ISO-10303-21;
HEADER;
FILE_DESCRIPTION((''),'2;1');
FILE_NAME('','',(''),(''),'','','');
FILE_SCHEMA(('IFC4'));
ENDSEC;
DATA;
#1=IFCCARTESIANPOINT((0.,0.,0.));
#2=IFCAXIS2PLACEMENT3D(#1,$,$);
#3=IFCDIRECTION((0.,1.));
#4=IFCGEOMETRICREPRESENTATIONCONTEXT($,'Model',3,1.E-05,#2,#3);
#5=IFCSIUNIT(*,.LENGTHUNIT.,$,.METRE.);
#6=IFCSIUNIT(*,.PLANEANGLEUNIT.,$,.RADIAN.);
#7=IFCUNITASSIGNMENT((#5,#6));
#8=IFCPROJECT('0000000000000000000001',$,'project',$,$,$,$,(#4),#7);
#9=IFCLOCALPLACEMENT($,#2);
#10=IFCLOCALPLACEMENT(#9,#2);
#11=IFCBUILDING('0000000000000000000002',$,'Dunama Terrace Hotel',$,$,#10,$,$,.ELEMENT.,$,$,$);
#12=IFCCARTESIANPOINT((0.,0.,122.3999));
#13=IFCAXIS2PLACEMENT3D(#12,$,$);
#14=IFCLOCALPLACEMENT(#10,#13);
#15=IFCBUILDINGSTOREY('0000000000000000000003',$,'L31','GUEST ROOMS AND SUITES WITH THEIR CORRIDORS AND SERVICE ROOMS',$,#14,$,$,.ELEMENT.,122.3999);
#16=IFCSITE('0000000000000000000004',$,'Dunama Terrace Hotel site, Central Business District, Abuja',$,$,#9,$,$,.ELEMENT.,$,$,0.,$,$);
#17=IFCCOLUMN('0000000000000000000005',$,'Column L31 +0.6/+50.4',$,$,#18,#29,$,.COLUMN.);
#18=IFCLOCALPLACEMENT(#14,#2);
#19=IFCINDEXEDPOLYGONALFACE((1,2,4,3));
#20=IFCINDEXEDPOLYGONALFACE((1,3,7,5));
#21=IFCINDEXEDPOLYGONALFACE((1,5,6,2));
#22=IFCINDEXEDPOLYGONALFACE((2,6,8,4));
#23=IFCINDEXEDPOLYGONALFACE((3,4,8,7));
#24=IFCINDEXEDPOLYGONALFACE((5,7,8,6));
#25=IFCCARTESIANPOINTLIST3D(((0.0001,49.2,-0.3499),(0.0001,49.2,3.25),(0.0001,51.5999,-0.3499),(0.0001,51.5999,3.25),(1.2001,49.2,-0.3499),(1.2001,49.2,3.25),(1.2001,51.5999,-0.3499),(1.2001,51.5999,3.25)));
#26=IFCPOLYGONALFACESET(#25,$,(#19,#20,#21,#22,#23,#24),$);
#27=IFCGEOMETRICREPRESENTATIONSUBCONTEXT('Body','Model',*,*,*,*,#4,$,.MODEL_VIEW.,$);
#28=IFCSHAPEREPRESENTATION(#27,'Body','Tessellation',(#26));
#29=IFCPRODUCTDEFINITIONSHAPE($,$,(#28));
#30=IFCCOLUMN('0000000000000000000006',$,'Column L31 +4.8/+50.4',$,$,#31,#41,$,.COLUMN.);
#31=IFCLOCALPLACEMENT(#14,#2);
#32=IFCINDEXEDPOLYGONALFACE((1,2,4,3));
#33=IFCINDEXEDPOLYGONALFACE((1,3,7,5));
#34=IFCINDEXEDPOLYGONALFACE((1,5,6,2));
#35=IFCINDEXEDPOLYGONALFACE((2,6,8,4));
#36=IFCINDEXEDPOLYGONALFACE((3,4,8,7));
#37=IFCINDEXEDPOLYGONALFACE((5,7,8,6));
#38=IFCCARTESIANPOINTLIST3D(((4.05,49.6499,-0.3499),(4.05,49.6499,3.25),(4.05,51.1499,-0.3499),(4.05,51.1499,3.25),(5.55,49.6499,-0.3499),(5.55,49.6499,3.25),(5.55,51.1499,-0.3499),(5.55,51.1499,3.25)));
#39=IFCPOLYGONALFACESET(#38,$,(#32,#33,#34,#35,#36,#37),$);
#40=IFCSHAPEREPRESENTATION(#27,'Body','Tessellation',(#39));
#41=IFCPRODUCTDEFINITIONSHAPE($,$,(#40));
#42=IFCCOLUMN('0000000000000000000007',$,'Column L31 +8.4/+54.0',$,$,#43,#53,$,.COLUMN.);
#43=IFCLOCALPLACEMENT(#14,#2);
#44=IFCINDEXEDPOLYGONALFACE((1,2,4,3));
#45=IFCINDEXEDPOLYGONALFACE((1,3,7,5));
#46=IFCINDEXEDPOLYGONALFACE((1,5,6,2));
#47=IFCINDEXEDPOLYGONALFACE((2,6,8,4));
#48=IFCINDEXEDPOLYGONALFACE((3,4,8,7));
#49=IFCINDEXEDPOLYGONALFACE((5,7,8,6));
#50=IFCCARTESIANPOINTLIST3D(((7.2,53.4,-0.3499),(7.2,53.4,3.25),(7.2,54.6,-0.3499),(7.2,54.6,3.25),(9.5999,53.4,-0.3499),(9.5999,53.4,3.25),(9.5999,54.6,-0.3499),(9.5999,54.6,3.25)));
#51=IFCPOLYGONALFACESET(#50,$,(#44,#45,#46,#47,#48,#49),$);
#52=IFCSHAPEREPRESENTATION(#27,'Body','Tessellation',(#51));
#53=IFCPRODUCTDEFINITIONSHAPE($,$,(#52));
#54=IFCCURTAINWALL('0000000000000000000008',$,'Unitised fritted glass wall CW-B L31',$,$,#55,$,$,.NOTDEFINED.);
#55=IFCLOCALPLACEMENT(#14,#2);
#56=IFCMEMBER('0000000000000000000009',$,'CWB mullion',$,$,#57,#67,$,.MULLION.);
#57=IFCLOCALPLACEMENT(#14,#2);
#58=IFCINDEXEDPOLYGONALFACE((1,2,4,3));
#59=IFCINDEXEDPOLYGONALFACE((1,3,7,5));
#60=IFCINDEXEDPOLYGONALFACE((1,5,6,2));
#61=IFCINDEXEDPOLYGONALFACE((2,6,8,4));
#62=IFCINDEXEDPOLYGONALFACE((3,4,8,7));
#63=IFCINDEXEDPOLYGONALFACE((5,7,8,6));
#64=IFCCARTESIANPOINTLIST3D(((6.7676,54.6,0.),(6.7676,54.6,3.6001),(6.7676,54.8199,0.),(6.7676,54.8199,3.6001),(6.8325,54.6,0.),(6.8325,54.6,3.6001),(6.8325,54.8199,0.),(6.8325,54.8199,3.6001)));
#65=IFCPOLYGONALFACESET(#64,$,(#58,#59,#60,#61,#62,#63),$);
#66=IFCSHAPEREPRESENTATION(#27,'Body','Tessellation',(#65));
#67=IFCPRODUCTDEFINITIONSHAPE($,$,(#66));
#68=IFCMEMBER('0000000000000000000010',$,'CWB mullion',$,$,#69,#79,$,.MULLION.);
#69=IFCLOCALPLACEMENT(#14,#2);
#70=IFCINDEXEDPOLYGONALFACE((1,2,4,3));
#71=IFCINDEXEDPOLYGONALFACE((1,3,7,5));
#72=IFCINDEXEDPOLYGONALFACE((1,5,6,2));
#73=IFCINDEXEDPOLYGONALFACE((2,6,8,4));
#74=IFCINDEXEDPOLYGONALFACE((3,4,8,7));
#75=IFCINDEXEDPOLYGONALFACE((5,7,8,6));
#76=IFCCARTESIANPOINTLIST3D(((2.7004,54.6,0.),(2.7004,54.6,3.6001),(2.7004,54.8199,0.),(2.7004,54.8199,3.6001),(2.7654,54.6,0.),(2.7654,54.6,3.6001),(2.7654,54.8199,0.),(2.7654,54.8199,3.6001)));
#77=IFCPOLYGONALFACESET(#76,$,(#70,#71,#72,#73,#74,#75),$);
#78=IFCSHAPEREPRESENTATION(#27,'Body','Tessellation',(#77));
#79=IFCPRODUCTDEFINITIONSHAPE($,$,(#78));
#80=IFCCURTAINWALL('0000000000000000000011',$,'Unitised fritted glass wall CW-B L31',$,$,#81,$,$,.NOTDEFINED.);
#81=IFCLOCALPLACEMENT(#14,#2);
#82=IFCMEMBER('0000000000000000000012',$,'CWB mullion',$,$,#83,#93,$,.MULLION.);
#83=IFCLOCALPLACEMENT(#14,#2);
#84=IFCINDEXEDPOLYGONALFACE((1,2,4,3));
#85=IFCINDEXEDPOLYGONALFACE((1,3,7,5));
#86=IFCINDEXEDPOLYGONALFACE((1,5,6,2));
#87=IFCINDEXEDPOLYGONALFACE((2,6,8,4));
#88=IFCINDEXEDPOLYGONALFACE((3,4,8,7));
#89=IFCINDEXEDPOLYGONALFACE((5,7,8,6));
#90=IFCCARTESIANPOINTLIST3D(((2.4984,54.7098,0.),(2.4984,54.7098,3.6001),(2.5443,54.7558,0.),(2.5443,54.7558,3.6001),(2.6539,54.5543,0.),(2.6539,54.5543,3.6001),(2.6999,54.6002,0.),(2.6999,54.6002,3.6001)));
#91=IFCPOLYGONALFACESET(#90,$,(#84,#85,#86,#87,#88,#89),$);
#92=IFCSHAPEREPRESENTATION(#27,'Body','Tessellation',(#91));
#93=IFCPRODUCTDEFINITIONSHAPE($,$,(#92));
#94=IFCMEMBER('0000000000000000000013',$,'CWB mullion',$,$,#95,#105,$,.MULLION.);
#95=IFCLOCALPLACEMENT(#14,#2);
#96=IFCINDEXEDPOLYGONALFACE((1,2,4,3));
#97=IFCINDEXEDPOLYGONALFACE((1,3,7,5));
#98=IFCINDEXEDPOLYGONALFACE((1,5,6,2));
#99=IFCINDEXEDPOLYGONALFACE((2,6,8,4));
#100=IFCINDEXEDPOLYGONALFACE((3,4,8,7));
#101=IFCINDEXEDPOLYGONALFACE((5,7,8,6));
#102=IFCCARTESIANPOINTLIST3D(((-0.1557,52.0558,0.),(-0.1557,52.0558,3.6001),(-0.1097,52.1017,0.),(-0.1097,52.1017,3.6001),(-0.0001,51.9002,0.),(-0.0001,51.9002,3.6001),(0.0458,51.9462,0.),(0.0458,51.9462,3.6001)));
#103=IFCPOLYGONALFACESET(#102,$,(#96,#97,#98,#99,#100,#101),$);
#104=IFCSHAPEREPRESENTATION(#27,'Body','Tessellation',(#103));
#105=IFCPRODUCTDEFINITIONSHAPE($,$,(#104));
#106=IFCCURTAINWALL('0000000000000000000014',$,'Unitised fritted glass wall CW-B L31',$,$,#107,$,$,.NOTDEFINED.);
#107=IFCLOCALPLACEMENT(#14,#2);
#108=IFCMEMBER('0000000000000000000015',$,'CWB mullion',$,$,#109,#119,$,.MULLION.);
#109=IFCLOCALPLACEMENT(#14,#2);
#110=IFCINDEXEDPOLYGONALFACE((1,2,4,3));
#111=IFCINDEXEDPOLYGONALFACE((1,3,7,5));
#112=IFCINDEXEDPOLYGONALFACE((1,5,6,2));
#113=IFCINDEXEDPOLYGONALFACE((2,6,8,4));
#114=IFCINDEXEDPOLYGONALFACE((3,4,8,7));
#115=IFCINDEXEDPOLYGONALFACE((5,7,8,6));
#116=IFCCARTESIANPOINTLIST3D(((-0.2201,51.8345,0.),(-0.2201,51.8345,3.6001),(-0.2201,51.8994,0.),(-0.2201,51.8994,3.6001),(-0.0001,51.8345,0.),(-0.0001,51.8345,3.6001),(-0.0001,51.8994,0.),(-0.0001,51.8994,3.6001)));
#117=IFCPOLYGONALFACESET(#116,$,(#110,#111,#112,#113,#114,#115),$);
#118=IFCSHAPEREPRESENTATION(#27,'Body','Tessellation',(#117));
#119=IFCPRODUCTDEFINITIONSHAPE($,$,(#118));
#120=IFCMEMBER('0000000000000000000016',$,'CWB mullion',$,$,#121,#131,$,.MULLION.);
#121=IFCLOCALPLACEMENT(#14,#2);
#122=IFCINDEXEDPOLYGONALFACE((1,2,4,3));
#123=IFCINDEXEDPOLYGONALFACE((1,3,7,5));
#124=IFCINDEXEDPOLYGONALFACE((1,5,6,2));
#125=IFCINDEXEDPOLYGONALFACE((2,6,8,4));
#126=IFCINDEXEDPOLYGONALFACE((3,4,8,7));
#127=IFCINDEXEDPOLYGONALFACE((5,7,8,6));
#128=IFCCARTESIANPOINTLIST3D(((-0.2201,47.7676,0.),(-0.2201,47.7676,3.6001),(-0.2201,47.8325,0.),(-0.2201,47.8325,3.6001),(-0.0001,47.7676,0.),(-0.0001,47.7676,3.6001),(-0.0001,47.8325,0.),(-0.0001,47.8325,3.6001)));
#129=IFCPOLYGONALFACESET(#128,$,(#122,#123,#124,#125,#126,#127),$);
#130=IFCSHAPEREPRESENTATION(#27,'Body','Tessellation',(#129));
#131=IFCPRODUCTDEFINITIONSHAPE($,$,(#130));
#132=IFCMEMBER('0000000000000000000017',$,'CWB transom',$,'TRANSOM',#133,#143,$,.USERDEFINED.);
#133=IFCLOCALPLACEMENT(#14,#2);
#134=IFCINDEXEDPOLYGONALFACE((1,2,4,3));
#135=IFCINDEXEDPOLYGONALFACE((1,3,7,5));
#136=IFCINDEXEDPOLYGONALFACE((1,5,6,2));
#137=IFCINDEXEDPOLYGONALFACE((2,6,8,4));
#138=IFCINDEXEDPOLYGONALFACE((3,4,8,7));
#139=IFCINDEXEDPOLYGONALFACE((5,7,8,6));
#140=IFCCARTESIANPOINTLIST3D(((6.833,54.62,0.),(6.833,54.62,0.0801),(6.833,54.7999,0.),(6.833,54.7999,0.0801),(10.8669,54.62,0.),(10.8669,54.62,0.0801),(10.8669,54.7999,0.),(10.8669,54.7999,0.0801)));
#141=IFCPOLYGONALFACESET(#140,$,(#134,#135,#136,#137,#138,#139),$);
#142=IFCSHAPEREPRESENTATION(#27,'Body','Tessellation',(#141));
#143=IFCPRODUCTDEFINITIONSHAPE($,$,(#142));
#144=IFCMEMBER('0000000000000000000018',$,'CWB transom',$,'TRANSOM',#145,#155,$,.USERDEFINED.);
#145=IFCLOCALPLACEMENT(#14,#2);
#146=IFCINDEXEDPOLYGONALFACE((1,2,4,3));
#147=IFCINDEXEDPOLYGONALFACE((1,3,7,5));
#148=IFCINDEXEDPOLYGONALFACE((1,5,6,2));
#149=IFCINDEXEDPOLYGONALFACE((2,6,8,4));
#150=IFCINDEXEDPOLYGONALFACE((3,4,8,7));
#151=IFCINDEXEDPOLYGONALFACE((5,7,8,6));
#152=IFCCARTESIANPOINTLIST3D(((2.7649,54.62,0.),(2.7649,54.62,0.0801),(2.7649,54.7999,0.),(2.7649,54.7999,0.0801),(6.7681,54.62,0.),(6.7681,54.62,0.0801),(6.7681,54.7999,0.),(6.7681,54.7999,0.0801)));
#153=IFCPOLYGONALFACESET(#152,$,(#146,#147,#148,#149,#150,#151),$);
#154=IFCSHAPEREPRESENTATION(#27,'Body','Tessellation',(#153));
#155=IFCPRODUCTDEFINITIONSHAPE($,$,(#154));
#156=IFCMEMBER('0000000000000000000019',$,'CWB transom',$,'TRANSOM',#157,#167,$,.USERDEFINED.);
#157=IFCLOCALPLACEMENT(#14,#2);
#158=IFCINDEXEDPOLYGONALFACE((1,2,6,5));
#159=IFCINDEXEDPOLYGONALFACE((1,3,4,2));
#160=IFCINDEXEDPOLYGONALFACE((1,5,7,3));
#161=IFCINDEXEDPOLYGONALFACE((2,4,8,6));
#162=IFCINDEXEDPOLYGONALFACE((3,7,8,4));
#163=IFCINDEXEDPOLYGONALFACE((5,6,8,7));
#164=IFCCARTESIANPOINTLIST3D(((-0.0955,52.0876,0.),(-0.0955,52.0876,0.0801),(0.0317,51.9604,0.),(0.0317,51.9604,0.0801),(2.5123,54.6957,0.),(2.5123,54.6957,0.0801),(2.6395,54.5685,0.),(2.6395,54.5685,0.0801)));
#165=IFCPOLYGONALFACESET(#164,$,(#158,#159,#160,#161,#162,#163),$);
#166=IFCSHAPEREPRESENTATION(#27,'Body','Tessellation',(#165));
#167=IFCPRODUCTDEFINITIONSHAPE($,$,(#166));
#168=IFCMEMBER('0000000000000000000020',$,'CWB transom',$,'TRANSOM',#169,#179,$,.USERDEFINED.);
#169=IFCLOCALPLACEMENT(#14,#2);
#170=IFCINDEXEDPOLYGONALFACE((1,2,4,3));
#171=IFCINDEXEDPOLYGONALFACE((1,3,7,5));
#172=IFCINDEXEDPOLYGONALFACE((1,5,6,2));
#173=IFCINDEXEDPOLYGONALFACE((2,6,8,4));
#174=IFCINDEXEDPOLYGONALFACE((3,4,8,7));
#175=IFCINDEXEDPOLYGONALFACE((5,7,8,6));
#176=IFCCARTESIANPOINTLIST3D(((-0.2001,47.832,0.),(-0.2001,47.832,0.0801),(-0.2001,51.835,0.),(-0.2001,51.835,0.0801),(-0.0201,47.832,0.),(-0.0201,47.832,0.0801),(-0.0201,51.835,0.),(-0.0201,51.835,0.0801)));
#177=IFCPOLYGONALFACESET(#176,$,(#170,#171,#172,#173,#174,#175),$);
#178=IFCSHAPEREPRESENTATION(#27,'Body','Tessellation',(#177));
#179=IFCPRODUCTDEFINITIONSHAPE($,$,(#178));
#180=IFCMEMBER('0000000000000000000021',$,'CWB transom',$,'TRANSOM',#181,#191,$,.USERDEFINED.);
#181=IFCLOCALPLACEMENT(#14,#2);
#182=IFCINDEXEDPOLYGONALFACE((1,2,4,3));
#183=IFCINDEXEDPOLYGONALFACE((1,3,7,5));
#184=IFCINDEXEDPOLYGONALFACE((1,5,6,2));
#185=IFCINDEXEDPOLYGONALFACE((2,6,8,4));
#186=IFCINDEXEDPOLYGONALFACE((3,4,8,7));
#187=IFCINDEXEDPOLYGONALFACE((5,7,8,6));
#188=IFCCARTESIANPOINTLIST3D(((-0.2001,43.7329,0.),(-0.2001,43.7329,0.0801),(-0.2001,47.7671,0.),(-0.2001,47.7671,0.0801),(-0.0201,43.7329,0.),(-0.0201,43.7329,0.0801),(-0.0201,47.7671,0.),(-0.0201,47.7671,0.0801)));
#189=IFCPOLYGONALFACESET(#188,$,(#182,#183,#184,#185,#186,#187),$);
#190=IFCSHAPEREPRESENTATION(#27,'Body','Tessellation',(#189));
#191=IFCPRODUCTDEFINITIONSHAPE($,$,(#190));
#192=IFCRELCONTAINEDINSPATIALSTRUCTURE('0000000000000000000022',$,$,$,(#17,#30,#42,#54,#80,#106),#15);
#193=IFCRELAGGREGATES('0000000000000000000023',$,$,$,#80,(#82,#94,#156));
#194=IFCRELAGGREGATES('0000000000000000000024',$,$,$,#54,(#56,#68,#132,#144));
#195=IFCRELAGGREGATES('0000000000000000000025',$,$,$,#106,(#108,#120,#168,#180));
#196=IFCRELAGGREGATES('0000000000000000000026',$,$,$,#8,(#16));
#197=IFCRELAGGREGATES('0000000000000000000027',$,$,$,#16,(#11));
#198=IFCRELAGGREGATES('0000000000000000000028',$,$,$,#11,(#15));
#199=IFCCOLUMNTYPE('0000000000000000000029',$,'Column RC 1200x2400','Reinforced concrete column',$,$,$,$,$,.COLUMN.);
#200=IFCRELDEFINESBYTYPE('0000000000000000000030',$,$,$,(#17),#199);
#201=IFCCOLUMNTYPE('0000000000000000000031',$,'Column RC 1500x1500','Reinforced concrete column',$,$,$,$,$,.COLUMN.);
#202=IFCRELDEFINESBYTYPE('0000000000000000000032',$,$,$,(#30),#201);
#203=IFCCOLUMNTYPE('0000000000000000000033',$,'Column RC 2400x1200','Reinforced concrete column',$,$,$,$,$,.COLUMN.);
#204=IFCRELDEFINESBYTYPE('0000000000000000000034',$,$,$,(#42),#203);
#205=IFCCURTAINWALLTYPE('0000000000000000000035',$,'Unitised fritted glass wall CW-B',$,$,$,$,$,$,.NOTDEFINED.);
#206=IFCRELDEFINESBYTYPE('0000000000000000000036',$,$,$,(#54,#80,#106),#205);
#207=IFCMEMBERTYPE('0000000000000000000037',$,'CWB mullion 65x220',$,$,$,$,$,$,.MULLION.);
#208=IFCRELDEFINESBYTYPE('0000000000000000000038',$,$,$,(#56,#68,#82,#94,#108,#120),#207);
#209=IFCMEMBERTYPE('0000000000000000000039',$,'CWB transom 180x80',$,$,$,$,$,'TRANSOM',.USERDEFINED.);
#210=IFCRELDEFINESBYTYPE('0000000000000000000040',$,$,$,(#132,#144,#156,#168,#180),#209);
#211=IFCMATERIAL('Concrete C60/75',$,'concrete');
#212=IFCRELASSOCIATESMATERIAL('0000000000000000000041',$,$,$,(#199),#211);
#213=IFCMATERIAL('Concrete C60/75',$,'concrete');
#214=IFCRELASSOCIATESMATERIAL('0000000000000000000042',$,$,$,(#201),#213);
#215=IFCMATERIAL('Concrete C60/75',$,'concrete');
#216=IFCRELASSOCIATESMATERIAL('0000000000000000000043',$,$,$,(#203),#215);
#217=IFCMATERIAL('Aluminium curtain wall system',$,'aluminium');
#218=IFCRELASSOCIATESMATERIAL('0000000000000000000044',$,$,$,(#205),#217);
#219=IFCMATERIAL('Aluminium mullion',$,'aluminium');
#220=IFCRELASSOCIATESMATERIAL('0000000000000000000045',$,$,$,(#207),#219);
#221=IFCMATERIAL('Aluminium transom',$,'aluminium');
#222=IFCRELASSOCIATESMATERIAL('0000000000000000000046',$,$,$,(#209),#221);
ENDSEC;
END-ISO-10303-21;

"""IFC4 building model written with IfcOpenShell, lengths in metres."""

from ifc_helpers import new_model, si_unit, direction, frame, origin, origin_2d, place, context, subcontext, project, spatial, rectangle, extrude, material, material_profile, profile_set, type_object, element, aggregate, save


model = new_model("IFC4")

# Units and contexts
model_context = context("Model", 3, precision=1e-05, world=origin(), true_north=direction((0.0, 1.0)))
body_context = subcontext(model_context, "Body", "Model", "MODEL_VIEW")
ifc_project = project(units=[si_unit("LENGTHUNIT", "METRE"), si_unit("PLANEANGLEUNIT", "RADIAN")], contexts=[model_context])

# Site, building, storey
site_placement = place(None, origin())
site = spatial("IfcSite", under=ifc_project, at=site_placement, Name="Dunama Terrace Hotel site, Central Business District, Abuja", CompositionType="ELEMENT", RefElevation=0.0)
building_placement = place(site_placement, origin())
building = spatial("IfcBuilding", under=site, at=building_placement, Name="Dunama Terrace Hotel", CompositionType="ELEMENT")
storey_placement = place(building_placement, frame((0.0, 0.0, 122.3999)))
storey = spatial("IfcBuildingStorey", under=building, at=storey_placement, Name="L31", Description="GUEST ROOMS AND SUITES WITH THEIR CORRIDORS AND SERVICE ROOMS", CompositionType="ELEMENT", Elevation=122.3999)

# Columns
ifc_material_1 = material(Name="Concrete C60/75", Category="concrete")
ifc_material_profile_1 = material_profile(ifc_material_1, rectangle(XDim=1.2, YDim=2.3999, at=origin_2d()), Name="RC 1200x2400")
ifc_profile_set_1 = profile_set([ifc_material_profile_1], Name="Concrete C60/75")
column_type_1 = type_object("IfcColumnType", Name="Column RC 1200x2400", Description="Reinforced concrete column", PredefinedType="COLUMN", material=ifc_profile_set_1)
column_1_placement = place(storey_placement, frame((0.6001, 50.3999, -0.3499), z_axis=(0.0, 0.0, 1.0), x_axis=(1.0, 0.0, 0.0)))
element("IfcColumn", 1, at=column_1_placement, inside=storey, type_object=column_type_1, Name="Column L31 +0.6/+50.4", PredefinedType="COLUMN", context=body_context, shape_type="SweptSolid", body=[
    extrude(rectangle(XDim=1.2, YDim=2.3999, at=origin_2d()), origin(), (0.0, 0.0, 1.0), 3.5999),
])
ifc_material_2 = material(Name="Concrete C60/75", Category="concrete")
ifc_material_profile_2 = material_profile(ifc_material_2, rectangle(XDim=1.5, YDim=1.5, at=origin_2d()), Name="RC 1500x1500")
ifc_profile_set_2 = profile_set([ifc_material_profile_2], Name="Concrete C60/75")
column_type_2 = type_object("IfcColumnType", Name="Column RC 1500x1500", Description="Reinforced concrete column", PredefinedType="COLUMN", material=ifc_profile_set_2)
column_2_placement = place(storey_placement, frame((4.8, 50.3999, -0.3499), z_axis=(0.0, 0.0, 1.0), x_axis=(1.0, 0.0, 0.0)))
element("IfcColumn", 2, at=column_2_placement, inside=storey, type_object=column_type_2, Name="Column L31 +4.8/+50.4", PredefinedType="COLUMN", context=body_context, shape_type="SweptSolid", body=[
    extrude(rectangle(XDim=1.5, YDim=1.5, at=origin_2d()), origin(), (0.0, 0.0, 1.0), 3.5999),
])
ifc_material_3 = material(Name="Concrete C60/75", Category="concrete")
ifc_material_profile_3 = material_profile(ifc_material_3, rectangle(XDim=2.3999, YDim=1.2, at=origin_2d()), Name="RC 2400x1200")
ifc_profile_set_3 = profile_set([ifc_material_profile_3], Name="Concrete C60/75")
column_type_3 = type_object("IfcColumnType", Name="Column RC 2400x1200", Description="Reinforced concrete column", PredefinedType="COLUMN", material=ifc_profile_set_3)
column_3_placement = place(storey_placement, frame((8.3999, 54.0, -0.3499), z_axis=(0.0, 0.0, 1.0), x_axis=(1.0, 0.0, 0.0)))
element("IfcColumn", 3, at=column_3_placement, inside=storey, type_object=column_type_3, Name="Column L31 +8.4/+54.0", PredefinedType="COLUMN", context=body_context, shape_type="SweptSolid", body=[
    extrude(rectangle(XDim=2.3999, YDim=1.2, at=origin_2d()), origin(), (0.0, 0.0, 1.0), 3.5999),
])

# Curtain walls, members
ifc_material_4 = material(Name="Aluminium curtain wall system", Category="aluminium")
curtain_wall_type = type_object("IfcCurtainWallType", Name="Unitised fritted glass wall CW-B", PredefinedType="NOTDEFINED", material=ifc_material_4)
curtain_wall_1_placement = place(storey_placement, origin())
curtain_wall_1 = element("IfcCurtainWall", 4, at=curtain_wall_1_placement, inside=storey, type_object=curtain_wall_type, Name="Unitised fritted glass wall CW-B L31", PredefinedType="NOTDEFINED")
ifc_material_5 = material(Name="Aluminium mullion", Category="aluminium")
ifc_material_profile_4 = material_profile(ifc_material_5, rectangle(XDim=0.0649, YDim=0.22, at=origin_2d()), Name="CWB MULLION 65X220")
ifc_profile_set_4 = profile_set([ifc_material_profile_4], Name="Aluminium mullion")
member_type_1 = type_object("IfcMemberType", Name="CWB mullion 65x220", PredefinedType="MULLION", material=ifc_profile_set_4)
member_1_placement = place(storey_placement, frame((6.8, 54.71, 0.0), z_axis=(0.0, 0.0, 1.0), x_axis=(-1.0, 0.0, 0.0)))
member_1 = element("IfcMember", 5, at=member_1_placement, type_object=member_type_1, Name="CWB mullion", PredefinedType="MULLION", context=body_context, shape_type="SweptSolid", body=[
    extrude(rectangle(XDim=0.0649, YDim=0.22, at=origin_2d()), origin(), (0.0, 0.0, 1.0), 3.6001),
])
member_2_placement = place(storey_placement, frame((2.7329, 54.71, 0.0), z_axis=(0.0, 0.0, 1.0), x_axis=(-1.0, 0.0, 0.0)))
member_2 = element("IfcMember", 6, at=member_2_placement, type_object=member_type_1, Name="CWB mullion", PredefinedType="MULLION", context=body_context, shape_type="SweptSolid", body=[
    extrude(rectangle(XDim=0.0649, YDim=0.22, at=origin_2d()), origin(), (0.0, 0.0, 1.0), 3.6001),
])
curtain_wall_2_placement = place(storey_placement, origin())
curtain_wall_2 = element("IfcCurtainWall", 7, at=curtain_wall_2_placement, inside=storey, type_object=curtain_wall_type, Name="Unitised fritted glass wall CW-B L31", PredefinedType="NOTDEFINED")
member_3_placement = place(storey_placement, frame((2.5991, 54.655, 0.0), z_axis=(0.0, 0.0, 1.0), x_axis=(-0.707107, -0.707107, 0.0)))
member_3 = element("IfcMember", 8, at=member_3_placement, type_object=member_type_1, Name="CWB mullion", PredefinedType="MULLION", context=body_context, shape_type="SweptSolid", body=[
    extrude(rectangle(XDim=0.0649, YDim=0.22, at=origin_2d()), origin(), (0.0, 0.0, 1.0), 3.6001),
])
member_4_placement = place(storey_placement, frame((-0.0549, 52.001, 0.0), z_axis=(0.0, 0.0, 1.0), x_axis=(-0.707107, -0.707107, 0.0)))
member_4 = element("IfcMember", 9, at=member_4_placement, type_object=member_type_1, Name="CWB mullion", PredefinedType="MULLION", context=body_context, shape_type="SweptSolid", body=[
    extrude(rectangle(XDim=0.0649, YDim=0.22, at=origin_2d()), origin(), (0.0, 0.0, 1.0), 3.6001),
])
curtain_wall_3_placement = place(storey_placement, origin())
curtain_wall_3 = element("IfcCurtainWall", 10, at=curtain_wall_3_placement, inside=storey, type_object=curtain_wall_type, Name="Unitised fritted glass wall CW-B L31", PredefinedType="NOTDEFINED")
member_5_placement = place(storey_placement, frame((-0.1101, 51.8669, 0.0), z_axis=(0.0, 0.0, 1.0), x_axis=(0.0, -1.0, 0.0)))
member_5 = element("IfcMember", 11, at=member_5_placement, type_object=member_type_1, Name="CWB mullion", PredefinedType="MULLION", context=body_context, shape_type="SweptSolid", body=[
    extrude(rectangle(XDim=0.0649, YDim=0.22, at=origin_2d()), origin(), (0.0, 0.0, 1.0), 3.6001),
])
member_6_placement = place(storey_placement, frame((-0.1101, 47.8, 0.0), z_axis=(0.0, 0.0, 1.0), x_axis=(0.0, -1.0, 0.0)))
member_6 = element("IfcMember", 12, at=member_6_placement, type_object=member_type_1, Name="CWB mullion", PredefinedType="MULLION", context=body_context, shape_type="SweptSolid", body=[
    extrude(rectangle(XDim=0.0649, YDim=0.22, at=origin_2d()), origin(), (0.0, 0.0, 1.0), 3.6001),
])

# Members
ifc_material_6 = material(Name="Aluminium transom", Category="aluminium")
ifc_material_profile_5 = material_profile(ifc_material_6, rectangle(XDim=0.1799, YDim=0.0801, at=origin_2d()), Name="CWB TRANSOM 180X80")
ifc_profile_set_5 = profile_set([ifc_material_profile_5], Name="Aluminium transom")
member_type_2 = type_object("IfcMemberType", Name="CWB transom 180x80", ElementType="TRANSOM", PredefinedType="USERDEFINED", material=ifc_profile_set_5)
member_7_placement = place(storey_placement, frame((10.8669, 54.71, 0.04), z_axis=(-1.0, 0.0, 0.0), x_axis=(0.0, -1.0, 0.0)))
member_7 = element("IfcMember", 13, at=member_7_placement, type_object=member_type_2, Name="CWB transom", ObjectType="TRANSOM", PredefinedType="USERDEFINED", context=body_context, shape_type="SweptSolid", body=[
    extrude(rectangle(XDim=0.1799, YDim=0.0801, at=origin_2d()), origin(), (0.0, 0.0, 1.0), 4.0339),
])
member_8_placement = place(storey_placement, frame((6.7681, 54.71, 0.04), z_axis=(-1.0, 0.0, 0.0), x_axis=(0.0, -1.0, 0.0)))
member_8 = element("IfcMember", 14, at=member_8_placement, type_object=member_type_2, Name="CWB transom", ObjectType="TRANSOM", PredefinedType="USERDEFINED", context=body_context, shape_type="SweptSolid", body=[
    extrude(rectangle(XDim=0.1799, YDim=0.0801, at=origin_2d()), origin(), (0.0, 0.0, 1.0), 4.0032),
])
member_9_placement = place(storey_placement, frame((2.5759, 54.6321, 0.04), z_axis=(-0.707074, -0.70714, 0.0), x_axis=(0.70714, -0.707074, 0.0)))
member_9 = element("IfcMember", 15, at=member_9_placement, type_object=member_type_2, Name="CWB transom", ObjectType="TRANSOM", PredefinedType="USERDEFINED", context=body_context, shape_type="SweptSolid", body=[
    extrude(rectangle(XDim=0.1799, YDim=0.0801, at=origin_2d()), origin(), (0.0, 0.0, 1.0), 3.6882),
])
member_10_placement = place(storey_placement, frame((-0.1101, 51.835, 0.04), z_axis=(0.0, -1.0, 0.0), x_axis=(1.0, 0.0, 0.0)))
member_10 = element("IfcMember", 16, at=member_10_placement, type_object=member_type_2, Name="CWB transom", ObjectType="TRANSOM", PredefinedType="USERDEFINED", context=body_context, shape_type="SweptSolid", body=[
    extrude(rectangle(XDim=0.1799, YDim=0.0801, at=origin_2d()), origin(), (0.0, 0.0, 1.0), 4.0029),
])
member_11_placement = place(storey_placement, frame((-0.1101, 47.7671, 0.04), z_axis=(0.0, -1.0, 0.0), x_axis=(1.0, 0.0, 0.0)))
member_11 = element("IfcMember", 17, at=member_11_placement, type_object=member_type_2, Name="CWB transom", ObjectType="TRANSOM", PredefinedType="USERDEFINED", context=body_context, shape_type="SweptSolid", body=[
    extrude(rectangle(XDim=0.1799, YDim=0.0801, at=origin_2d()), origin(), (0.0, 0.0, 1.0), 4.0342),
])

aggregate(curtain_wall_2, [member_3, member_4, member_9])
aggregate(curtain_wall_1, [member_1, member_2, member_7, member_8])
aggregate(curtain_wall_3, [member_5, member_6, member_10, member_11])

save(model, "model.ifc")
